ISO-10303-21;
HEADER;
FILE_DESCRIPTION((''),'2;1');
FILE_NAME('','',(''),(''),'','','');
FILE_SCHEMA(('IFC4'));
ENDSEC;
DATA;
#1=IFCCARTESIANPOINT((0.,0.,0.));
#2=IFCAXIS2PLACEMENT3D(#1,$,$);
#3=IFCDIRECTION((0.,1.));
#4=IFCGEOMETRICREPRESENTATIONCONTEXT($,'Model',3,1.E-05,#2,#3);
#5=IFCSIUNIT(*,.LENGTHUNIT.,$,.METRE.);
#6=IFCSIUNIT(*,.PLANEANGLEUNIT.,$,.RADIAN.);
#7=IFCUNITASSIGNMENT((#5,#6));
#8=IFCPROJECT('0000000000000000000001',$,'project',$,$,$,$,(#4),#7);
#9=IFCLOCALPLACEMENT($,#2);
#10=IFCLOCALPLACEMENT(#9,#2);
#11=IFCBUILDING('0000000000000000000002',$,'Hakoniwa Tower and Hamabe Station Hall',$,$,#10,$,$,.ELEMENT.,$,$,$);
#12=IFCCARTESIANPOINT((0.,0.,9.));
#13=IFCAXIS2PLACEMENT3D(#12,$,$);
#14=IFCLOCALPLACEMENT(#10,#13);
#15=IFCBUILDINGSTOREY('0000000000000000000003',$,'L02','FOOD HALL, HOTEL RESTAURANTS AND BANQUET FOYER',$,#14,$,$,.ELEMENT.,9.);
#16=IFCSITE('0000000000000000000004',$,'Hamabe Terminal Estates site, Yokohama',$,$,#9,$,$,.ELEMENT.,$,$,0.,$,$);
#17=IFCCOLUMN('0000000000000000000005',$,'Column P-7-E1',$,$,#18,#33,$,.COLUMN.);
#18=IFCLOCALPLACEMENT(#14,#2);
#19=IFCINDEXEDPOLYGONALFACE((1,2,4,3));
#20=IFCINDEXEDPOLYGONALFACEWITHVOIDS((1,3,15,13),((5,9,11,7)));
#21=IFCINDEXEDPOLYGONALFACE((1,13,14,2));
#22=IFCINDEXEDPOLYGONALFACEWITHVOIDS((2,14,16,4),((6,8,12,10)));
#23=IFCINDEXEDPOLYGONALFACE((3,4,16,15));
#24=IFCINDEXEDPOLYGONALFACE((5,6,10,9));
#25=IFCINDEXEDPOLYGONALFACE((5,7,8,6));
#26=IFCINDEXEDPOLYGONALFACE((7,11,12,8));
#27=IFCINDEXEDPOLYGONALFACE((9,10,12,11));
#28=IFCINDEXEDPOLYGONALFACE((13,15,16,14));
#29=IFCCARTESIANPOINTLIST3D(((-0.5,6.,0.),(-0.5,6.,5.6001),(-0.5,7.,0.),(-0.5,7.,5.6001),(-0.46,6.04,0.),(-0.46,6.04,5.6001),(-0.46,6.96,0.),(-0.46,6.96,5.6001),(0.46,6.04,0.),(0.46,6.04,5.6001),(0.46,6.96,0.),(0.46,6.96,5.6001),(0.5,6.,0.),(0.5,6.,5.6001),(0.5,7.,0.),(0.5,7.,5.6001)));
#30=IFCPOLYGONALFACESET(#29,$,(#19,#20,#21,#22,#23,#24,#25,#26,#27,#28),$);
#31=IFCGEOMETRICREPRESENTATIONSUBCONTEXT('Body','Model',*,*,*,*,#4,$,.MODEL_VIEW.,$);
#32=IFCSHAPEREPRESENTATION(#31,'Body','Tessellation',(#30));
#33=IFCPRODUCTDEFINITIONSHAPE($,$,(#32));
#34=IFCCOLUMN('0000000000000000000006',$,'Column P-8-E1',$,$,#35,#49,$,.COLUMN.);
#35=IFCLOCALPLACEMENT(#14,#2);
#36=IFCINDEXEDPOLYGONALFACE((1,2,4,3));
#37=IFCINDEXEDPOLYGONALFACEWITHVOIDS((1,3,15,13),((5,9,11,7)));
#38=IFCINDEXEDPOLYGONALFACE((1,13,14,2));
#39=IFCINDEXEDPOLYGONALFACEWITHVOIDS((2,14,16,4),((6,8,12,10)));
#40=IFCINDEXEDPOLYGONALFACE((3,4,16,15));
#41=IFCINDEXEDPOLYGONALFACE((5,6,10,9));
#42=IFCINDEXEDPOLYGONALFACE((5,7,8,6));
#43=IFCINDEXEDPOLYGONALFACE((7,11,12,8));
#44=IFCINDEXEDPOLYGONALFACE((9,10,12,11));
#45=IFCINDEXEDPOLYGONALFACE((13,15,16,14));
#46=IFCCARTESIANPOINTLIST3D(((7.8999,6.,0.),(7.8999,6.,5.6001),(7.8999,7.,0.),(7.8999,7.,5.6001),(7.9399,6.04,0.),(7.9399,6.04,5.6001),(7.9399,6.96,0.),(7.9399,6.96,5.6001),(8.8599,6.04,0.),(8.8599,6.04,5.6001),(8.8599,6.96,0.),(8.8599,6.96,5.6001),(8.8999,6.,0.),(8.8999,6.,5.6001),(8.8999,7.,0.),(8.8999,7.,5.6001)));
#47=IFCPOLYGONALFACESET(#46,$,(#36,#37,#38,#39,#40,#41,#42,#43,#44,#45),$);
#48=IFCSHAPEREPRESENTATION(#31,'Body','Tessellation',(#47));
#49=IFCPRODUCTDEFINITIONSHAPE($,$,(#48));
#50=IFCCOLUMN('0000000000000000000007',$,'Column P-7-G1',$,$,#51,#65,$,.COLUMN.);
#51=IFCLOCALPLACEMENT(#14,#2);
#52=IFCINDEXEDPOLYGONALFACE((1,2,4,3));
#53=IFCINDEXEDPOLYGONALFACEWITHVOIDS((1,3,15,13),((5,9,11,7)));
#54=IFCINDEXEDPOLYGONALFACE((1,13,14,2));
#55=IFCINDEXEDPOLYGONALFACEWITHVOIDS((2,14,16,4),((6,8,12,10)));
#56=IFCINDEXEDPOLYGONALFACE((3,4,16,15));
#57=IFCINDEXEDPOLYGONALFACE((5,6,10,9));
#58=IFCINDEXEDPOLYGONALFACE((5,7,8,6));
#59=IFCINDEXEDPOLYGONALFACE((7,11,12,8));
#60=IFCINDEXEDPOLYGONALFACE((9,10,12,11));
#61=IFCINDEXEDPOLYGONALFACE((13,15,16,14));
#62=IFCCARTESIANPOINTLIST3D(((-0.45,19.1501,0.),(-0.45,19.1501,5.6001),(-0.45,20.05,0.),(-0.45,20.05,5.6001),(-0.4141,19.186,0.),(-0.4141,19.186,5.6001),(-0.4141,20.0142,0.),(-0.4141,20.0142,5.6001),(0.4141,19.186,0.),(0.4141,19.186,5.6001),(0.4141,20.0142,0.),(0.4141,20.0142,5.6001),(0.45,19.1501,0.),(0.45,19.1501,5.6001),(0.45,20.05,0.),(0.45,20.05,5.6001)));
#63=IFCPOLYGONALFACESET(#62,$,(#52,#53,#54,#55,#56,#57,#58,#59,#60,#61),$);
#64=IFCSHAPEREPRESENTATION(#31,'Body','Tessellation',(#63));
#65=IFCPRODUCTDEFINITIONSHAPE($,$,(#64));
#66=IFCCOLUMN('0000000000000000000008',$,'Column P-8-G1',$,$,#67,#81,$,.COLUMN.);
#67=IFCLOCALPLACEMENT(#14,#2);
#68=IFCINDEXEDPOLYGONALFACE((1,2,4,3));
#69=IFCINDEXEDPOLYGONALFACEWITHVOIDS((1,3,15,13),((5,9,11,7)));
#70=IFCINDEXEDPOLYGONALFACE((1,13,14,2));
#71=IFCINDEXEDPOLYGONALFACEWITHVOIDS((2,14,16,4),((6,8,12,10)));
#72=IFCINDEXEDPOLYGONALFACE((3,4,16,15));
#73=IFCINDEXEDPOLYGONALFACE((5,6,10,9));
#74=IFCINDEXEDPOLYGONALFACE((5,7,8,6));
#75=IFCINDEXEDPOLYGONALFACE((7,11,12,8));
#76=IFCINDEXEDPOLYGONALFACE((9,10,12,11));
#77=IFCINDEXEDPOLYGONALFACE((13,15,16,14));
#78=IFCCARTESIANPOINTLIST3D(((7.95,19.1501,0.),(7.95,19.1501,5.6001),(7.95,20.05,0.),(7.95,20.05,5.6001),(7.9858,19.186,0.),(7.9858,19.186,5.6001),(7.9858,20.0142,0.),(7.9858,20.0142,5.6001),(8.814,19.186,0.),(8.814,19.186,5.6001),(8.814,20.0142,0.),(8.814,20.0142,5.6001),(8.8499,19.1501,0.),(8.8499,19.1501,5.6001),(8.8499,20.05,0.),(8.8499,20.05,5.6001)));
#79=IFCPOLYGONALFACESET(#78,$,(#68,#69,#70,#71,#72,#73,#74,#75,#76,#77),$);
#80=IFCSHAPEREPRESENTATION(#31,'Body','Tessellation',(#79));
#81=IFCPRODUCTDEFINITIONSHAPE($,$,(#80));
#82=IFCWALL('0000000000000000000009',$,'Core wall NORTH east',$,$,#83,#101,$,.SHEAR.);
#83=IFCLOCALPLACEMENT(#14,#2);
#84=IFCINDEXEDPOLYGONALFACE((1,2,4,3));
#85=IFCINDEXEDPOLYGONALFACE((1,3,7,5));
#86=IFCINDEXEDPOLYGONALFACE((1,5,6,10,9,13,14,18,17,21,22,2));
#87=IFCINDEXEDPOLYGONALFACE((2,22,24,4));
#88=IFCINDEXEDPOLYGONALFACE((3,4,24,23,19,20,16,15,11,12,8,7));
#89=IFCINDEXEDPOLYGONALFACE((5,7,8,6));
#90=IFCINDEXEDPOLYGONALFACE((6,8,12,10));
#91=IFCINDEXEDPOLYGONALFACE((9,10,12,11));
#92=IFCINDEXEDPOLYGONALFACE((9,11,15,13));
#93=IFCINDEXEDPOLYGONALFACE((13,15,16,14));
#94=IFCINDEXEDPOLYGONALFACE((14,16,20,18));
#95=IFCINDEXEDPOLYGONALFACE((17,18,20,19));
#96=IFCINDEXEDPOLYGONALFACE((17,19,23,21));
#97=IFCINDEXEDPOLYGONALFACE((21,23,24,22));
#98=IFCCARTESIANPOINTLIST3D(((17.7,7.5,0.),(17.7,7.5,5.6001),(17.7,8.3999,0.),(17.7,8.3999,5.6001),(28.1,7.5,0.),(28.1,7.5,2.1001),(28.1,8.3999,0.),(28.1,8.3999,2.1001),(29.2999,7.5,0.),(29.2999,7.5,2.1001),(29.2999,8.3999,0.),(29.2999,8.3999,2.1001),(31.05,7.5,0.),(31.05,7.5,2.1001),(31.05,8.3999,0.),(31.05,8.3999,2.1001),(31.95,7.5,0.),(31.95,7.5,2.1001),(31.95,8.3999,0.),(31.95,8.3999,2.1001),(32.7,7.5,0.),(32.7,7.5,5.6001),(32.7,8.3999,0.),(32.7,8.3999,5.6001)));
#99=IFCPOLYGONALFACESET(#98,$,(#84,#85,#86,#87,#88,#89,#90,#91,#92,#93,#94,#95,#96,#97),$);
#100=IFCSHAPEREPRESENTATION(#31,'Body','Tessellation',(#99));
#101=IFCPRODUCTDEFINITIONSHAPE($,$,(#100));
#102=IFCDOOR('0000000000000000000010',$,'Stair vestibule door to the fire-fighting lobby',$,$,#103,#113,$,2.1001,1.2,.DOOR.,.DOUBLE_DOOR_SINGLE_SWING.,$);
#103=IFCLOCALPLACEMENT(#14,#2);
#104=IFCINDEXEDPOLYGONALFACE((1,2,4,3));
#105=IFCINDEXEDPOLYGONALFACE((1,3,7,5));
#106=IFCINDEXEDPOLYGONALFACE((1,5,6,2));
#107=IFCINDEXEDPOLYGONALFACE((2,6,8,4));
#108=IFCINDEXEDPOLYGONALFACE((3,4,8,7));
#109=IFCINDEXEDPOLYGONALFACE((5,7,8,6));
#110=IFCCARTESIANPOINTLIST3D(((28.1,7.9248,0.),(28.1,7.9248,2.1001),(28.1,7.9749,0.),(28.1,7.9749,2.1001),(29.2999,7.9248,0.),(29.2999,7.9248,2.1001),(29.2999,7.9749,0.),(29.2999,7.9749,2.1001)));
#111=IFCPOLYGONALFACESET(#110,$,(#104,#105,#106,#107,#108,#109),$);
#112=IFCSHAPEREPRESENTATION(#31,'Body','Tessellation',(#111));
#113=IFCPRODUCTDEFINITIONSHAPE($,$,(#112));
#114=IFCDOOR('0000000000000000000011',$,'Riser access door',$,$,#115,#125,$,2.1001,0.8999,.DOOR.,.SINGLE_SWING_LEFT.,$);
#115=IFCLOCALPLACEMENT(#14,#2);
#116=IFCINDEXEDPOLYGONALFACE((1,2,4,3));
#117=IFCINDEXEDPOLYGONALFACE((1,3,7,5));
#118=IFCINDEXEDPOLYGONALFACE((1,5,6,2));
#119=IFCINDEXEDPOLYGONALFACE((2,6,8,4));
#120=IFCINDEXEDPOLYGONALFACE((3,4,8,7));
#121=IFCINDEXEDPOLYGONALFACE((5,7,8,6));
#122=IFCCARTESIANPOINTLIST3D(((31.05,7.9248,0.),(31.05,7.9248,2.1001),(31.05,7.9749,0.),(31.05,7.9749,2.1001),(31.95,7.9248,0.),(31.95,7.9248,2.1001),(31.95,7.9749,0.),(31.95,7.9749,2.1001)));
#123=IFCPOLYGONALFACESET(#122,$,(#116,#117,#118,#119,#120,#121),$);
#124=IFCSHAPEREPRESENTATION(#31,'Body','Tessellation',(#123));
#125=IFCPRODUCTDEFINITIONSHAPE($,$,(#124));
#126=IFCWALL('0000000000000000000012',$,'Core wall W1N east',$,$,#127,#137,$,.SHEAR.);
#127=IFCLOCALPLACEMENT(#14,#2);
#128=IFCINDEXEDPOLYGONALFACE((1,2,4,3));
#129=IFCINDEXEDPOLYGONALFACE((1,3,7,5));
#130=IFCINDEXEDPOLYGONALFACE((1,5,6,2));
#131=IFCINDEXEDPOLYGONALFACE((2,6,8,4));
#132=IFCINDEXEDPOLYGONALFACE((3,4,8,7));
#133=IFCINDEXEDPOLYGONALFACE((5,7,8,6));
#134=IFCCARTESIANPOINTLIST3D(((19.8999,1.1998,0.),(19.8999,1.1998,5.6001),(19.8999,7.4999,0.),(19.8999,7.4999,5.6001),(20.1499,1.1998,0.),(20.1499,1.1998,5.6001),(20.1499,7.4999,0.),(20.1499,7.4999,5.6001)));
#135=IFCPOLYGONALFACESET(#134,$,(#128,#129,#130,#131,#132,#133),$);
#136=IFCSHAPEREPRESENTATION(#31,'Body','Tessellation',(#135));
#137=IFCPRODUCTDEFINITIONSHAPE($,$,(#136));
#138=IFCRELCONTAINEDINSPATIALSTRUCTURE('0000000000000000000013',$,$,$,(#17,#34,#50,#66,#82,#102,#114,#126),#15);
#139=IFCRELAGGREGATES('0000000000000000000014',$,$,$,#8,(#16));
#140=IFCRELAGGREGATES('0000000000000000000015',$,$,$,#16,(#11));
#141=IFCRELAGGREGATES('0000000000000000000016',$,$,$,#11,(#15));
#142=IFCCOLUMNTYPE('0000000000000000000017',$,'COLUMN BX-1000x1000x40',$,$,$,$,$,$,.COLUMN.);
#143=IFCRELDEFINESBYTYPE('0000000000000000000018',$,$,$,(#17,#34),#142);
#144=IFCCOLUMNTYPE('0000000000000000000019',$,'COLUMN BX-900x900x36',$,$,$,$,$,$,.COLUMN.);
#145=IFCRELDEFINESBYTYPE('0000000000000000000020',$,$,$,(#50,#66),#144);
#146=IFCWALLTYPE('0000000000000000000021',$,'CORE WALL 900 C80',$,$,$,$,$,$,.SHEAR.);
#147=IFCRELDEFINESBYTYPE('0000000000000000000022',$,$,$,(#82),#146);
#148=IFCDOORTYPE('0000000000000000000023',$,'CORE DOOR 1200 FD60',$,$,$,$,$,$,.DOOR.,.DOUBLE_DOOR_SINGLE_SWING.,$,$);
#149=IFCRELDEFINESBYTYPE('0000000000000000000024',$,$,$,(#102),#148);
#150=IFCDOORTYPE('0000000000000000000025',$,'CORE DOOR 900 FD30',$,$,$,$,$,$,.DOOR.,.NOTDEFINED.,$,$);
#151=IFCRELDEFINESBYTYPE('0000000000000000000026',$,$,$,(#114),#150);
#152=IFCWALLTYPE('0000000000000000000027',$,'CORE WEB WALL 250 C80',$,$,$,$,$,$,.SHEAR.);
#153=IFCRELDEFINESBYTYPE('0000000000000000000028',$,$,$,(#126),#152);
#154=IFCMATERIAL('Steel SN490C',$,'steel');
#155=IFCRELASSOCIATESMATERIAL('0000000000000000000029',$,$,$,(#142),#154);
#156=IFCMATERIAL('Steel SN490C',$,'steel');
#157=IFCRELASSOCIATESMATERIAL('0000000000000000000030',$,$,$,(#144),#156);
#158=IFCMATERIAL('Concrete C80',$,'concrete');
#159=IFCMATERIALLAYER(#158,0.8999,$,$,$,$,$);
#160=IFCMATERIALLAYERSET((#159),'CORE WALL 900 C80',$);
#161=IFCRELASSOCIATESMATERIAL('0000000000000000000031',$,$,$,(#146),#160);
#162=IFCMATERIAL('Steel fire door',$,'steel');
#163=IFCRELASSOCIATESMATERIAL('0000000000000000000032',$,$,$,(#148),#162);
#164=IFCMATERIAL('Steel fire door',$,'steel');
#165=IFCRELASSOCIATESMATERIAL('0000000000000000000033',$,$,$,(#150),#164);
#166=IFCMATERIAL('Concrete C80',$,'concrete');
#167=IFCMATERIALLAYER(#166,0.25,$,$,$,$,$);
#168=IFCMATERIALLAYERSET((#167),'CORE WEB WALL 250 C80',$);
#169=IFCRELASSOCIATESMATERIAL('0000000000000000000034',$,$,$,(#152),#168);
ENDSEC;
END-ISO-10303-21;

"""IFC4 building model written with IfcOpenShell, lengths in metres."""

from ifc_helpers import new_model, si_unit, direction, frame, frame_2d, origin, origin_2d, place, context, subcontext, project, spatial, rectangle, hollow_rectangle, extrude, material, layer, layer_set, material_profile, profile_set, type_object, element, fill, save


model = new_model("IFC4")

# Units and contexts
model_context = context("Model", 3, precision=1e-05, world=origin(), true_north=direction((0.0, 1.0)))
body_context = subcontext(model_context, "Body", "Model", "MODEL_VIEW")
ifc_project = project(units=[si_unit("LENGTHUNIT", "METRE"), si_unit("PLANEANGLEUNIT", "RADIAN")], contexts=[model_context])

# Site, building, storey
site_placement = place(None, origin())
site = spatial("IfcSite", under=ifc_project, at=site_placement, Name="Hamabe Terminal Estates site, Yokohama", CompositionType="ELEMENT", RefElevation=0.0)
building_placement = place(site_placement, origin())
building = spatial("IfcBuilding", under=site, at=building_placement, Name="Hakoniwa Tower and Hamabe Station Hall", CompositionType="ELEMENT")
storey_placement = place(building_placement, frame((0.0, 0.0, 9.0)))
storey = spatial("IfcBuildingStorey", under=building, at=storey_placement, Name="L02", Description="FOOD HALL, HOTEL RESTAURANTS AND BANQUET FOYER", CompositionType="ELEMENT", Elevation=9.0)

# Columns
ifc_material_1 = material(Name="Steel SN490C", Category="steel")
ifc_material_profile_1 = material_profile(ifc_material_1, hollow_rectangle(XDim=1.0, YDim=1.0, WallThickness=0.04, at=origin_2d()), Name="BX-1000x1000x40")
ifc_profile_set_1 = profile_set([ifc_material_profile_1], Name="Steel SN490C")
column_type_1 = type_object("IfcColumnType", Name="COLUMN BX-1000x1000x40", PredefinedType="COLUMN", material=ifc_profile_set_1)
for number, where, z_axis, x_axis, name in (
    (1, (0.0, 6.5, 0.0), (0.0, 0.0, 1.0), (1.0, 0.0, 0.0), "Column P-7-E1"),
    (2, (8.3999, 6.5, 0.0), (0.0, 0.0, 1.0), (1.0, 0.0, 0.0), "Column P-8-E1"),
):
    element("IfcColumn", number, at=place(storey_placement, frame(where, z_axis=z_axis, x_axis=x_axis)), inside=storey, type_object=column_type_1, Name=name, PredefinedType="COLUMN", context=body_context, shape_type="SweptSolid", body=[
        extrude(hollow_rectangle(XDim=1.0, YDim=1.0, WallThickness=0.04, at=origin_2d()), origin(), (0.0, 0.0, 1.0), 5.6001),
    ])
ifc_material_2 = material(Name="Steel SN490C", Category="steel")
ifc_material_profile_2 = material_profile(ifc_material_2, hollow_rectangle(XDim=0.8999, YDim=0.8999, WallThickness=0.0359, at=origin_2d()), Name="BX-900x900x36")
ifc_profile_set_2 = profile_set([ifc_material_profile_2], Name="Steel SN490C")
column_type_2 = type_object("IfcColumnType", Name="COLUMN BX-900x900x36", PredefinedType="COLUMN", material=ifc_profile_set_2)
for number, where, z_axis, x_axis, name in (
    (3, (0.0, 19.6001, 0.0), (0.0, 0.0, 1.0), (1.0, 0.0, 0.0), "Column P-7-G1"),
    (4, (8.3999, 19.6001, 0.0), (0.0, 0.0, 1.0), (1.0, 0.0, 0.0), "Column P-8-G1"),
):
    element("IfcColumn", number, at=place(storey_placement, frame(where, z_axis=z_axis, x_axis=x_axis)), inside=storey, type_object=column_type_2, Name=name, PredefinedType="COLUMN", context=body_context, shape_type="SweptSolid", body=[
        extrude(hollow_rectangle(XDim=0.8999, YDim=0.8999, WallThickness=0.0359, at=origin_2d()), origin(), (0.0, 0.0, 1.0), 5.6001),
    ])

# Wall, openings, doors
ifc_material_3 = material(Name="Concrete C80", Category="concrete")
ifc_layer_1 = layer(ifc_material_3, 0.8999)
ifc_layer_set_1 = layer_set([ifc_layer_1], Name="CORE WALL 900 C80")
wall_type_1 = type_object("IfcWallType", Name="CORE WALL 900 C80", PredefinedType="SHEAR", material=ifc_layer_set_1)
wall_1_placement = place(storey_placement, frame((17.7, 7.95, 0.0), z_axis=(0.0, 0.0, 1.0), x_axis=(1.0, 0.0, 0.0)))
wall_1 = element("IfcWall", 5, at=wall_1_placement, inside=storey, type_object=wall_type_1, Name="Core wall NORTH east", PredefinedType="SHEAR", context=body_context, shape_type="SweptSolid", body=[
    extrude(rectangle(XDim=15.0, YDim=0.8999, at=frame_2d((7.5, 0.0))), origin(), (0.0, 0.0, 1.0), 5.6001),
])
opening_1_placement = place(wall_1_placement, frame((10.3999, 0.0, 0.0)))
opening_1 = element("IfcOpeningElement", 6, at=opening_1_placement, cuts=wall_1, PredefinedType="OPENING", context=body_context, shape_type="SweptSolid", body=[
    extrude(rectangle(XDim=1.2, YDim=2.1001, at=frame_2d((0.6001, 1.05))), frame((0.0, 0.46, 0.0), z_axis=(0.0, -1.0, 0.0), x_axis=(1.0, 0.0, 0.0)), (0.0, 0.0, 1.0), 0.9199),
])
opening_2_placement = place(wall_1_placement, frame((13.3501, 0.0, 0.0)))
opening_2 = element("IfcOpeningElement", 7, at=opening_2_placement, cuts=wall_1, PredefinedType="OPENING", context=body_context, shape_type="SweptSolid", body=[
    extrude(rectangle(XDim=0.8999, YDim=2.1001, at=frame_2d((0.45, 1.05))), frame((0.0, 0.46, 0.0), z_axis=(0.0, -1.0, 0.0), x_axis=(1.0, 0.0, 0.0)), (0.0, 0.0, 1.0), 0.9199),
])
ifc_material_4 = material(Name="Steel fire door", Category="steel")
door_type_1 = type_object("IfcDoorType", Name="CORE DOOR 1200 FD60", OperationType="DOUBLE_DOOR_SINGLE_SWING", PredefinedType="DOOR", material=ifc_material_4)
door_1_placement = place(opening_1_placement, origin())
door_1 = element("IfcDoor", 8, at=door_1_placement, inside=storey, type_object=door_type_1, Name="Stair vestibule door to the fire-fighting lobby", OperationType="DOUBLE_DOOR_SINGLE_SWING", OverallHeight=2.1001, OverallWidth=1.2, PredefinedType="DOOR", context=body_context, shape_type="SweptSolid", body=[
    extrude(rectangle(XDim=1.2, YDim=2.1001, at=frame_2d((0.6001, 1.05))), frame((0.0, 0.0249, 0.0), z_axis=(0.0, -1.0, 0.0), x_axis=(1.0, 0.0, 0.0)), (0.0, 0.0, 1.0), 0.05),
])
fill(opening_1, door_1)
ifc_material_5 = material(Name="Steel fire door", Category="steel")
door_type_2 = type_object("IfcDoorType", Name="CORE DOOR 900 FD30", OperationType="NOTDEFINED", PredefinedType="DOOR", material=ifc_material_5)
door_2_placement = place(opening_2_placement, origin())
door_2 = element("IfcDoor", 9, at=door_2_placement, inside=storey, type_object=door_type_2, Name="Riser access door", OperationType="SINGLE_SWING_LEFT", OverallHeight=2.1001, OverallWidth=0.8999, PredefinedType="DOOR", context=body_context, shape_type="SweptSolid", body=[
    extrude(rectangle(XDim=0.8999, YDim=2.1001, at=frame_2d((0.45, 1.05))), frame((0.0, 0.0249, 0.0), z_axis=(0.0, -1.0, 0.0), x_axis=(1.0, 0.0, 0.0)), (0.0, 0.0, 1.0), 0.05),
])
fill(opening_2, door_2)

# Wall
ifc_material_6 = material(Name="Concrete C80", Category="concrete")
ifc_layer_2 = layer(ifc_material_6, 0.25)
ifc_layer_set_2 = layer_set([ifc_layer_2], Name="CORE WEB WALL 250 C80")
wall_type_2 = type_object("IfcWallType", Name="CORE WEB WALL 250 C80", PredefinedType="SHEAR", material=ifc_layer_set_2)
wall_2_placement = place(storey_placement, frame((20.0249, 1.2, 0.0), z_axis=(0.0, 0.0, 1.0), x_axis=(0.0, 1.0, 0.0)))
element("IfcWall", 10, at=wall_2_placement, inside=storey, type_object=wall_type_2, Name="Core wall W1N east", PredefinedType="SHEAR", context=body_context, shape_type="SweptSolid", body=[
    extrude(rectangle(XDim=6.3, YDim=0.25, at=frame_2d((3.1499, 0.0))), origin(), (0.0, 0.0, 1.0), 5.6001),
])

save(model, "model.ifc")
